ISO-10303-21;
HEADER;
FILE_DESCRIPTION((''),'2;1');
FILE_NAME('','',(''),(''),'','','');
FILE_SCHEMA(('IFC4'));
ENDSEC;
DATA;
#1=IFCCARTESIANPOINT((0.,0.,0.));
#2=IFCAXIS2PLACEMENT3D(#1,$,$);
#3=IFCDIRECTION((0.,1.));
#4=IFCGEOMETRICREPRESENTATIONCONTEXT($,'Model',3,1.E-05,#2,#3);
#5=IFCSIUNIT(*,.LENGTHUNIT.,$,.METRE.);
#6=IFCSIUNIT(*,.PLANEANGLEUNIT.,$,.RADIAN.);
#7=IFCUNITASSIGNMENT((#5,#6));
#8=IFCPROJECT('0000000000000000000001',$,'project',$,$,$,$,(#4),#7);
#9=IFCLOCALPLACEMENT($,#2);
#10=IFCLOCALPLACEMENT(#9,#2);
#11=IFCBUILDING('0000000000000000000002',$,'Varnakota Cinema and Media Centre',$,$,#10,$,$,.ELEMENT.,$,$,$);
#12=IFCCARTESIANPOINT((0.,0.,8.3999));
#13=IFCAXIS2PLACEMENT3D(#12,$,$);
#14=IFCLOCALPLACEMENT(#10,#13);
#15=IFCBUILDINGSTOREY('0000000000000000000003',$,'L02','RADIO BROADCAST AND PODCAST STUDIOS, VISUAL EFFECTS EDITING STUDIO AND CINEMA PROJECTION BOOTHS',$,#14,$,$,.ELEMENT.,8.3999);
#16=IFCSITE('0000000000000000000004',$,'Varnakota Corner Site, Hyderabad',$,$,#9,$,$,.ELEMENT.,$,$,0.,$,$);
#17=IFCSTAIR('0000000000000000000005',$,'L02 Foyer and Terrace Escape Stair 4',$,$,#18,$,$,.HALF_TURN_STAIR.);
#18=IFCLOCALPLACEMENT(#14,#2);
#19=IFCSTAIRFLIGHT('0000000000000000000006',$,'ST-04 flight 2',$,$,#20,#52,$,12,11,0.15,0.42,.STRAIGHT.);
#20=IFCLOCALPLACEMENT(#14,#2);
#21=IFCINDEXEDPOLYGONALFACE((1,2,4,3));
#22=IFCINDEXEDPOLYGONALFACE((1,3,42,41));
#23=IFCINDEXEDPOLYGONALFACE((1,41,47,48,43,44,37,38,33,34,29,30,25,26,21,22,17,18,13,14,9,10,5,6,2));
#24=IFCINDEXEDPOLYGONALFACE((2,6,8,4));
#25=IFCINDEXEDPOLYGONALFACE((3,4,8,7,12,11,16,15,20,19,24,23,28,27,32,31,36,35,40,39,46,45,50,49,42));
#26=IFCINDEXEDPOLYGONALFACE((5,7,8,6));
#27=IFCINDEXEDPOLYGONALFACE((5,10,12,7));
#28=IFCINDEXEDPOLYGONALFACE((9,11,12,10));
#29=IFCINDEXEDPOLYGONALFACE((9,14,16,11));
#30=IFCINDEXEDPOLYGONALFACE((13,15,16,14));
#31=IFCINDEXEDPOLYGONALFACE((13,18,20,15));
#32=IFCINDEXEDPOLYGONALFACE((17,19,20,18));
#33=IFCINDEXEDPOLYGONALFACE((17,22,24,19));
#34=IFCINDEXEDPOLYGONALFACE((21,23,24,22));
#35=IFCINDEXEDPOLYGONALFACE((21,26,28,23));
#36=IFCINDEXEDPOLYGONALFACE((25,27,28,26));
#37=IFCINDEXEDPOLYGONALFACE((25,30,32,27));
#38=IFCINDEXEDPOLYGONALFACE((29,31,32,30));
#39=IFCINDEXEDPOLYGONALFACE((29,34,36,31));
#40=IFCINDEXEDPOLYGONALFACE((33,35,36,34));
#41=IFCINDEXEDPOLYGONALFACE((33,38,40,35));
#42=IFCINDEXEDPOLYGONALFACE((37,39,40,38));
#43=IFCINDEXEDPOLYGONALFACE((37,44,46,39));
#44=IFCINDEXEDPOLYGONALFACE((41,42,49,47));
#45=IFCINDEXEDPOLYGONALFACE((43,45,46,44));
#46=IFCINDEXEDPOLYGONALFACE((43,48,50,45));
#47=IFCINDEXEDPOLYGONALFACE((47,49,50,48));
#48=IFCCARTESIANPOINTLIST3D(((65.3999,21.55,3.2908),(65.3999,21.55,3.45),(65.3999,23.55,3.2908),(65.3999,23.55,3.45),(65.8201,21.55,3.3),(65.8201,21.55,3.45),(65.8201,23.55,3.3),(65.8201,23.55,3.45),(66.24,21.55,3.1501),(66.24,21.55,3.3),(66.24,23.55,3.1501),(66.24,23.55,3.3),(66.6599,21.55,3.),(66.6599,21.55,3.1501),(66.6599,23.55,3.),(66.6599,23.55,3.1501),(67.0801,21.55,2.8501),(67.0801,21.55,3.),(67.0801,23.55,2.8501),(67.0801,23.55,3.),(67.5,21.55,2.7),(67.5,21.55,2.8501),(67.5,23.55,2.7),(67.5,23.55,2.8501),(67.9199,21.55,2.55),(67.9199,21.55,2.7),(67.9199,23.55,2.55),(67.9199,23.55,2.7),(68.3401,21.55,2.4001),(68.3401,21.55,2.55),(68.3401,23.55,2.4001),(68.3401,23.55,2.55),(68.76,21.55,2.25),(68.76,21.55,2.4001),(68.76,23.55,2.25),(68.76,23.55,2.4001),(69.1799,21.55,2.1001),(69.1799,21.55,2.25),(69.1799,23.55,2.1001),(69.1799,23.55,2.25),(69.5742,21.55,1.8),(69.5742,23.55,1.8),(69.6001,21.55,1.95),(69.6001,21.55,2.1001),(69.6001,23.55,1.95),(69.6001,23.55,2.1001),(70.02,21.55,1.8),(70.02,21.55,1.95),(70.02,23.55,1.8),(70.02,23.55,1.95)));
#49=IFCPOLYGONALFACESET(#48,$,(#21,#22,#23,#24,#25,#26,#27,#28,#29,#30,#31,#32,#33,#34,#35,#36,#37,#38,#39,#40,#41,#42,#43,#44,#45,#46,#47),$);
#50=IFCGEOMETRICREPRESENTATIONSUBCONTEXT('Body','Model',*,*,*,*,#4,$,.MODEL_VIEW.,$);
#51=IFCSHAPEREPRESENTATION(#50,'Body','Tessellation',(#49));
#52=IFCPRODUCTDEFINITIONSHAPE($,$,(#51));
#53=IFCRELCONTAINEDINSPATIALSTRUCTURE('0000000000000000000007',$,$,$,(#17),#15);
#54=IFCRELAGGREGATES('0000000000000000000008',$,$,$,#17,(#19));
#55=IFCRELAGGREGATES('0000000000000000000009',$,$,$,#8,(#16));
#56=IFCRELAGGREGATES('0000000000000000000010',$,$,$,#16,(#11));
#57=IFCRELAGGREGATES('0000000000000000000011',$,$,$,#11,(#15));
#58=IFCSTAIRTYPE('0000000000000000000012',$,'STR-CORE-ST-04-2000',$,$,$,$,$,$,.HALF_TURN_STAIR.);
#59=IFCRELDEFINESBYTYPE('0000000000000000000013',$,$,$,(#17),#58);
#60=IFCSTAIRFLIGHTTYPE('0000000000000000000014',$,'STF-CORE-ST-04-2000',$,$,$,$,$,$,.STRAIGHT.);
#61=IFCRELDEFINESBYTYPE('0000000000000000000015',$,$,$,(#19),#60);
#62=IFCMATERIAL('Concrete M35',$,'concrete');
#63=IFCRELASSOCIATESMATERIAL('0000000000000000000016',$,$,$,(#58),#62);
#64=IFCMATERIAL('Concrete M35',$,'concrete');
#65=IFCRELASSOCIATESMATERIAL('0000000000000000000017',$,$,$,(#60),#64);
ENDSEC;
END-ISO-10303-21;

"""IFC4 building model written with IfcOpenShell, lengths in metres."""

from ifc_helpers import new_model, si_unit, direction, frame, origin, place, context, subcontext, project, spatial, polyline, outline, extrude, material, type_object, element, aggregate, save


model = new_model("IFC4")

# Units and contexts
model_context = context("Model", 3, precision=1e-05, world=origin(), true_north=direction((0.0, 1.0)))
body_context = subcontext(model_context, "Body", "Model", "MODEL_VIEW")
ifc_project = project(units=[si_unit("LENGTHUNIT", "METRE"), si_unit("PLANEANGLEUNIT", "RADIAN")], contexts=[model_context])

# Site, building, storey
site_placement = place(None, origin())
site = spatial("IfcSite", under=ifc_project, at=site_placement, Name="Varnakota Corner Site, Hyderabad", CompositionType="ELEMENT", RefElevation=0.0)
building_placement = place(site_placement, origin())
building = spatial("IfcBuilding", under=site, at=building_placement, Name="Varnakota Cinema and Media Centre", CompositionType="ELEMENT")
storey_placement = place(building_placement, frame((0.0, 0.0, 8.3999)))
storey = spatial("IfcBuildingStorey", under=building, at=storey_placement, Name="L02", Description="RADIO BROADCAST AND PODCAST STUDIOS, VISUAL EFFECTS EDITING STUDIO AND CINEMA PROJECTION BOOTHS", CompositionType="ELEMENT", Elevation=8.3999)

# Stair, stair flight
ifc_material_1 = material(Name="Concrete M35", Category="concrete")
stair_type = type_object("IfcStairType", Name="STR-CORE-ST-04-2000", PredefinedType="HALF_TURN_STAIR", material=ifc_material_1)
stair_placement = place(storey_placement, origin())
stair = element("IfcStair", 1, at=stair_placement, inside=storey, type_object=stair_type, Name="L02 Foyer and Terrace Escape Stair 4", PredefinedType="HALF_TURN_STAIR")
ifc_material_2 = material(Name="Concrete M35", Category="concrete")
stair_flight_type = type_object("IfcStairFlightType", Name="STF-CORE-ST-04-2000", PredefinedType="STRAIGHT", material=ifc_material_2)
stair_flight_placement = place(storey_placement, frame((70.02, 22.55, 1.8), z_axis=(0.0, 0.0, 1.0), x_axis=(-1.0, 0.0, 0.0)))
stair_flight = element("IfcStairFlight", 2, at=stair_flight_placement, type_object=stair_flight_type, Name="ST-04 flight 2", NumberOfRisers=12, NumberOfTreads=11, PredefinedType="STRAIGHT", RiserHeight=0.15, TreadLength=0.42, context=body_context, shape_type="SweptSolid", body=[
    extrude(outline(polyline([(0.0, 0.0), (0.0, 0.1499), (0.4199, 0.1499), (0.4199, 0.3), (0.8401, 0.3), (0.8401, 0.45), (1.26, 0.45), (1.26, 0.6001), (1.6799, 0.6001), (1.6799, 0.75), (2.1001, 0.75), (2.1001, 0.8999), (2.52, 0.8999), (2.52, 1.05), (2.9399, 1.05), (2.9399, 1.2), (3.3601, 1.2), (3.3601, 1.3501), (3.78, 1.3501), (3.78, 1.5), (4.2, 1.5), (4.2, 1.6499), (4.6201, 1.6499), (4.6201, 1.8), (4.6201, 1.4907), (0.4458, 0.0), (0.0, 0.0)])), frame((0.0, 1.0, 0.0), z_axis=(0.0, -1.0, 0.0), x_axis=(1.0, 0.0, 0.0)), (0.0, 0.0, 1.0), 2.0),
])
aggregate(stair, [stair_flight])

save(model, "model.ifc")
